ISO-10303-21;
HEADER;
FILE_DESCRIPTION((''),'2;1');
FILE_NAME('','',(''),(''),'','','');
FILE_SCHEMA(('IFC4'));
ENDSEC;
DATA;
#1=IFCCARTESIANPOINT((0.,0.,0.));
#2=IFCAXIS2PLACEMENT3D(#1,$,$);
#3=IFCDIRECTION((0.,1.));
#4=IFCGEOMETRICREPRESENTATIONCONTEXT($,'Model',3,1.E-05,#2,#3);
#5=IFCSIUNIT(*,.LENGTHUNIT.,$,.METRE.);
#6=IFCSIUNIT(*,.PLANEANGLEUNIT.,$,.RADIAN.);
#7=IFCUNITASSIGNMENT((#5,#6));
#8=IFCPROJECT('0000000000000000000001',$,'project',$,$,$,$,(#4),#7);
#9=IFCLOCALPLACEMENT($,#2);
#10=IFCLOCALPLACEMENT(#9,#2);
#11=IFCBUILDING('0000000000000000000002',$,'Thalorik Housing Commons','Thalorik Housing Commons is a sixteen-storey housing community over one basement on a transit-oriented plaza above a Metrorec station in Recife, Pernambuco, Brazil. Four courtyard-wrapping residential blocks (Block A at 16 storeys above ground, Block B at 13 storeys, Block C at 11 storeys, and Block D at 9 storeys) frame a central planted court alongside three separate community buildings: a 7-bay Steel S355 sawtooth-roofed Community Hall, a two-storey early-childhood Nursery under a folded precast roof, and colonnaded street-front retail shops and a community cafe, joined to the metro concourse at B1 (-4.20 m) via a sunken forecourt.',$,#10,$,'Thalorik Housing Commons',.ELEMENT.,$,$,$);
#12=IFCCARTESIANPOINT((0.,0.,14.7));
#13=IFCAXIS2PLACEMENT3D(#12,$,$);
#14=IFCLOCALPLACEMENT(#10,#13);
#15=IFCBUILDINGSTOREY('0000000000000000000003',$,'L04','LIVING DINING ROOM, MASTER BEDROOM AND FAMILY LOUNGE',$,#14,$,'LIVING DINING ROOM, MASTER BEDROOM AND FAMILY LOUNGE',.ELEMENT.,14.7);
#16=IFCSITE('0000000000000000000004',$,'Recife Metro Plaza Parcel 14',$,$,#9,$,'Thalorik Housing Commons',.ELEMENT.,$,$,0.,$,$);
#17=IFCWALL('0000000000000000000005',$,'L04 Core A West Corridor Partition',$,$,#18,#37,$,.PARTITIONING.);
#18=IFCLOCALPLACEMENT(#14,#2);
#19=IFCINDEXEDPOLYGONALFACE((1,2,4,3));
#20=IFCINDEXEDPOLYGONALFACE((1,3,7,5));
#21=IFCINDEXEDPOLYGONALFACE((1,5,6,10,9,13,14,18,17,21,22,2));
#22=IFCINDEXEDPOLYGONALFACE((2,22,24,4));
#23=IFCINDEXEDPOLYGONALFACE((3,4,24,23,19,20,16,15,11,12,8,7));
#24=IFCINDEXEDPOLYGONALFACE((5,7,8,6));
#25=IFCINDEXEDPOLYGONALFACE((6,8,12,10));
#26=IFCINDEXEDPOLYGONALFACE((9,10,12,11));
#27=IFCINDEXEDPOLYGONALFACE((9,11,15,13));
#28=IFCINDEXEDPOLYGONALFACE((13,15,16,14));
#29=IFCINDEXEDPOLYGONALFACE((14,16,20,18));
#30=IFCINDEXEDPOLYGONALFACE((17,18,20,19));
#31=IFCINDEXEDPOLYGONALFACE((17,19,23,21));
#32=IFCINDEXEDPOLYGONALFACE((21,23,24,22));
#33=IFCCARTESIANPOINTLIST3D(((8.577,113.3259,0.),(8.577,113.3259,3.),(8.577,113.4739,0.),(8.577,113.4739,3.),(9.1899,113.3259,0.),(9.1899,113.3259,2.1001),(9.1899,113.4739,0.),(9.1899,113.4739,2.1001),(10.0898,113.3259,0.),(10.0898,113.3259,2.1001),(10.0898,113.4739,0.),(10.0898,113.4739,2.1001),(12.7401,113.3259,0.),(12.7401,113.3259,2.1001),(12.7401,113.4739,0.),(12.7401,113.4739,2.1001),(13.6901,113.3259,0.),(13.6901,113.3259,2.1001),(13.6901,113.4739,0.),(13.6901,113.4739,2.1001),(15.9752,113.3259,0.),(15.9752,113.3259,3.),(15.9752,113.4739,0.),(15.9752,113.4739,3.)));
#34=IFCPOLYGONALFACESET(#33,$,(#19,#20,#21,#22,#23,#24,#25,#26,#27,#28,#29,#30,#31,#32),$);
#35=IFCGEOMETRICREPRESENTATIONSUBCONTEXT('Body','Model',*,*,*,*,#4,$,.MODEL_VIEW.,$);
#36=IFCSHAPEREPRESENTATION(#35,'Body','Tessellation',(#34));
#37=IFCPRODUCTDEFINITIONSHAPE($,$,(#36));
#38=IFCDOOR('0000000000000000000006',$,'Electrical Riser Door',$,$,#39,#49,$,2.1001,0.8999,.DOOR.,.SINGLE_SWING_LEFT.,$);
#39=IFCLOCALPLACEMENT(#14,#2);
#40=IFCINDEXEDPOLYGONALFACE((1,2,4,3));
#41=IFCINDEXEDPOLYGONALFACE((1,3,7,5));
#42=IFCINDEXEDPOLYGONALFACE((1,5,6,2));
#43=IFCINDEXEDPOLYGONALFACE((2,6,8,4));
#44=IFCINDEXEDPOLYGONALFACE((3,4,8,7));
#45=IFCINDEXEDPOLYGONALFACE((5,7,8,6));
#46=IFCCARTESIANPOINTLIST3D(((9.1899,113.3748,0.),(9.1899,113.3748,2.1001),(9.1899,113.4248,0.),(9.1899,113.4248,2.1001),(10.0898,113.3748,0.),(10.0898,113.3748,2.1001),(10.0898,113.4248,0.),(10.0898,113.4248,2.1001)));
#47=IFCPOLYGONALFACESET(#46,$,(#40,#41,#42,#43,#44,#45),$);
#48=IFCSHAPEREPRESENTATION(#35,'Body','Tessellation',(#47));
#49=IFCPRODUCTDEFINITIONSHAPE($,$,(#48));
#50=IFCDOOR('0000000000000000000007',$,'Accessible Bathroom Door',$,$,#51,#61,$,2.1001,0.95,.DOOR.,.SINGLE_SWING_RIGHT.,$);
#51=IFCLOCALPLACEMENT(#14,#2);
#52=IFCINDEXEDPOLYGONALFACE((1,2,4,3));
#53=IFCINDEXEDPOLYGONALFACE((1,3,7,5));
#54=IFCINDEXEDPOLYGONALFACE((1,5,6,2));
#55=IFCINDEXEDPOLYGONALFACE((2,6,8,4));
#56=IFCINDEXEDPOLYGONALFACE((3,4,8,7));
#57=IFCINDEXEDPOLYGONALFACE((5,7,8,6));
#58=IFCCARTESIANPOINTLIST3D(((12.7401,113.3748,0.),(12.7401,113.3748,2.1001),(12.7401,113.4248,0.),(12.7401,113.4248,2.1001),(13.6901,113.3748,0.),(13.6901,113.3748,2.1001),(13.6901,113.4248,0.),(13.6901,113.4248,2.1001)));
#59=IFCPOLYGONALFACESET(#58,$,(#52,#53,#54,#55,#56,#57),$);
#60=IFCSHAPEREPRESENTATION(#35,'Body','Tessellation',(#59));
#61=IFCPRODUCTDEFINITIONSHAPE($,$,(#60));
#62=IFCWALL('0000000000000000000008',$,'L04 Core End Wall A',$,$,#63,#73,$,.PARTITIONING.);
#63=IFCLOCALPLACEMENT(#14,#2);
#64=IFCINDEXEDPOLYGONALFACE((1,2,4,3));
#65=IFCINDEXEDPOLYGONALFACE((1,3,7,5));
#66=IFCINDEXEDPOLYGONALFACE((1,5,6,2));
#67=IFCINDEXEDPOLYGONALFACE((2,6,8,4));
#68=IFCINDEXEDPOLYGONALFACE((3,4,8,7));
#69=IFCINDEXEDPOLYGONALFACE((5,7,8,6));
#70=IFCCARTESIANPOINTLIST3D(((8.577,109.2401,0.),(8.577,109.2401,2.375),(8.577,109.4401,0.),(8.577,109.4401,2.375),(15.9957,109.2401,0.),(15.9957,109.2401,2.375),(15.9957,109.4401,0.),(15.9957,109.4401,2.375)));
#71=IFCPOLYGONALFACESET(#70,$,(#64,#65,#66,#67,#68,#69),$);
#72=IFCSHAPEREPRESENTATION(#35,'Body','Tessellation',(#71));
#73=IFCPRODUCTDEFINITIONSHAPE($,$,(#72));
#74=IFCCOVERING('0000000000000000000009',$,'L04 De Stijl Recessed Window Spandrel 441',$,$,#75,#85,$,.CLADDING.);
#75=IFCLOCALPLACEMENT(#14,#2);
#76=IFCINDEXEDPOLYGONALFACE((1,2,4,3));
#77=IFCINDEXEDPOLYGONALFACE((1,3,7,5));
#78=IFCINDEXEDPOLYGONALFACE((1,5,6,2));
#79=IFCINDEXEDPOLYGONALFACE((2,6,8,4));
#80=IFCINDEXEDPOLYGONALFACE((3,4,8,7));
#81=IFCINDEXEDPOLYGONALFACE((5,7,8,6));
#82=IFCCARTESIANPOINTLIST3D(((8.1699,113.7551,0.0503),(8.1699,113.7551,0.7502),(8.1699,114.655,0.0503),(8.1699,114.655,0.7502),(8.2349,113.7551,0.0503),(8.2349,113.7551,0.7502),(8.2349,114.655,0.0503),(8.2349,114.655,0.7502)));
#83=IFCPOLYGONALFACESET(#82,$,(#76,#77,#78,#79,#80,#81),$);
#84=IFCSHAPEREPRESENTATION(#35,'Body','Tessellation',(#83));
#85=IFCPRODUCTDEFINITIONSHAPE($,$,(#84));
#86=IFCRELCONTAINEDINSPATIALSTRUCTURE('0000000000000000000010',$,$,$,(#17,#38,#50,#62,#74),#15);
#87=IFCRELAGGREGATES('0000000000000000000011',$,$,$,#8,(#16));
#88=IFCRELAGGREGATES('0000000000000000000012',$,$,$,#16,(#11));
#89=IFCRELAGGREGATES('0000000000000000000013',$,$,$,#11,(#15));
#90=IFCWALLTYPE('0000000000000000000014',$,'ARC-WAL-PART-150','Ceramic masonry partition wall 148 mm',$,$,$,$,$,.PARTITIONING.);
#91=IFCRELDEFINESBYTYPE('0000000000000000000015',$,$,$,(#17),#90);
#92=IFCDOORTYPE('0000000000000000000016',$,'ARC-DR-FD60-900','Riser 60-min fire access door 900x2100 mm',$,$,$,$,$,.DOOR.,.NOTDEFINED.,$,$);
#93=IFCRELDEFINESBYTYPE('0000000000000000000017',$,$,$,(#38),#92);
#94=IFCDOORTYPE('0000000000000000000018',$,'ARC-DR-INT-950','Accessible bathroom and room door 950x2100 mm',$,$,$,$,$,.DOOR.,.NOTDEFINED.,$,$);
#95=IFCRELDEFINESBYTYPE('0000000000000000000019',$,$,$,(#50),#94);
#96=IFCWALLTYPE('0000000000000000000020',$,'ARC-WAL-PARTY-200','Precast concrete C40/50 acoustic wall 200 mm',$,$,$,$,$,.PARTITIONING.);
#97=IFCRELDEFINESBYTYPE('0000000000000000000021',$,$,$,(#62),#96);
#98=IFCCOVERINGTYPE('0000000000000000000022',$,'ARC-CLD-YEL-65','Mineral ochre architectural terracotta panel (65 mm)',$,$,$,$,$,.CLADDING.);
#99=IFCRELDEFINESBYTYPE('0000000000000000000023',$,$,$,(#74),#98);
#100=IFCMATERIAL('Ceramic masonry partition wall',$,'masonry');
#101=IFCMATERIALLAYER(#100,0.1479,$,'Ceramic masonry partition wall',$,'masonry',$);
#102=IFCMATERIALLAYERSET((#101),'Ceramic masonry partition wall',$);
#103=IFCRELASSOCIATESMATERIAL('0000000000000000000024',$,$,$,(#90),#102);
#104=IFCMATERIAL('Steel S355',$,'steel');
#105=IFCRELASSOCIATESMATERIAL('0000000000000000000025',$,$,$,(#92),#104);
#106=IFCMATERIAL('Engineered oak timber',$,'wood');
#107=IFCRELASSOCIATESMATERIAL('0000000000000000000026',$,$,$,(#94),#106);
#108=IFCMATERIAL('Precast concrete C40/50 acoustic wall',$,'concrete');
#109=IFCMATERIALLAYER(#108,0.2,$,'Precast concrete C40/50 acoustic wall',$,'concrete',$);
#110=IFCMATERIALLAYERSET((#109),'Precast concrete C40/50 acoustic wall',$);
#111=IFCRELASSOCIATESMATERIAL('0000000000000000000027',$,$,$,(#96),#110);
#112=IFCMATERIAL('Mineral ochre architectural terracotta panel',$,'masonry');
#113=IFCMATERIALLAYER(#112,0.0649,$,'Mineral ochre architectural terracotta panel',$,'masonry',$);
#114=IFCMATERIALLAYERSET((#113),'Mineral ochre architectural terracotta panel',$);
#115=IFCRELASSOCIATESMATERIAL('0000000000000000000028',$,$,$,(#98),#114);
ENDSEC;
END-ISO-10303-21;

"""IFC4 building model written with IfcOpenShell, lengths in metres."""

from ifc_helpers import new_model, si_unit, direction, frame, frame_2d, origin, origin_2d, place, context, subcontext, project, spatial, rectangle, extrude, material, layer, layer_set, type_object, element, fill, save


model = new_model("IFC4")

# Units and contexts
model_context = context("Model", 3, precision=1e-05, world=origin(), true_north=direction((0.0, 1.0)))
body_context = subcontext(model_context, "Body", "Model", "MODEL_VIEW")
ifc_project = project(units=[si_unit("LENGTHUNIT", "METRE"), si_unit("PLANEANGLEUNIT", "RADIAN")], contexts=[model_context])

# Site, building, storey
site_placement = place(None, origin())
site = spatial("IfcSite", under=ifc_project, at=site_placement, Name="Recife Metro Plaza Parcel 14", LongName="Thalorik Housing Commons", CompositionType="ELEMENT", RefElevation=0.0)
building_placement = place(site_placement, origin())
building = spatial("IfcBuilding", under=site, at=building_placement, Name="Thalorik Housing Commons", Description="Thalorik Housing Commons is a sixteen-storey housing community over one basement on a transit-oriented plaza above a Metrorec station in Recife, Pernambuco, Brazil. Four courtyard-wrapping residential blocks (Block A at 16 storeys above ground, Block B at 13 storeys, Block C at 11 storeys, and Block D at 9 storeys) frame a central planted court alongside three separate community buildings: a 7-bay Steel S355 sawtooth-roofed Community Hall, a two-storey early-childhood Nursery under a folded precast roof, and colonnaded street-front retail shops and a community cafe, joined to the metro concourse at B1 (-4.20 m) via a sunken forecourt.", LongName="Thalorik Housing Commons", CompositionType="ELEMENT")
storey_placement = place(building_placement, frame((0.0, 0.0, 14.7)))
storey = spatial("IfcBuildingStorey", under=building, at=storey_placement, Name="L04", Description="LIVING DINING ROOM, MASTER BEDROOM AND FAMILY LOUNGE", LongName="LIVING DINING ROOM, MASTER BEDROOM AND FAMILY LOUNGE", CompositionType="ELEMENT", Elevation=14.7)

# Shared definitions
ifc_material_1 = material(Name="Ceramic masonry partition wall", Category="masonry")
ifc_layer_1 = layer(ifc_material_1, 0.1479, Name="Ceramic masonry partition wall", Category="masonry")
ifc_layer_set_1 = layer_set([ifc_layer_1], Name="Ceramic masonry partition wall")
wall_type_1 = type_object("IfcWallType", Name="ARC-WAL-PART-150", Description="Ceramic masonry partition wall 148 mm", PredefinedType="PARTITIONING", material=ifc_layer_set_1)

# Wall, openings, doors
wall_1_placement = place(storey_placement, frame((8.5769, 113.3999, 0.0), z_axis=(0.0, 0.0, 1.0), x_axis=(1.0, 0.0, 0.0)))
wall_1 = element("IfcWall", 1, at=wall_1_placement, inside=storey, type_object=wall_type_1, Name="L04 Core A West Corridor Partition", PredefinedType="PARTITIONING", context=body_context, shape_type="SweptSolid", body=[
    extrude(rectangle(XDim=7.3982, YDim=0.1479, at=frame_2d((3.6992, 0.0))), origin(), (0.0, 0.0, 1.0), 3.0),
])
opening_1_placement = place(wall_1_placement, frame((0.613, 0.0, 0.0)))
opening_1 = element("IfcOpeningElement", 2, at=opening_1_placement, cuts=wall_1, PredefinedType="OPENING", context=body_context, shape_type="SweptSolid", body=[
    extrude(rectangle(XDim=0.8999, YDim=2.1001, at=frame_2d((0.45, 1.05))), frame((0.0, 0.084, 0.0), z_axis=(0.0, -1.0, 0.0), x_axis=(1.0, 0.0, 0.0)), (0.0, 0.0, 1.0), 0.168),
])
opening_2_placement = place(wall_1_placement, frame((4.1631, 0.0, 0.0)))
opening_2 = element("IfcOpeningElement", 3, at=opening_2_placement, cuts=wall_1, PredefinedType="OPENING", context=body_context, shape_type="SweptSolid", body=[
    extrude(rectangle(XDim=0.95, YDim=2.1001, at=frame_2d((0.4751, 1.05))), frame((0.0, 0.084, 0.0), z_axis=(0.0, -1.0, 0.0), x_axis=(1.0, 0.0, 0.0)), (0.0, 0.0, 1.0), 0.168),
])
ifc_material_2 = material(Name="Steel S355", Category="steel")
door_type_1 = type_object("IfcDoorType", Name="ARC-DR-FD60-900", Description="Riser 60-min fire access door 900x2100 mm", OperationType="NOTDEFINED", PredefinedType="DOOR", material=ifc_material_2)
door_1_placement = place(opening_1_placement, origin())
door_1 = element("IfcDoor", 4, at=door_1_placement, inside=storey, type_object=door_type_1, Name="Electrical Riser Door", OperationType="SINGLE_SWING_LEFT", OverallHeight=2.1001, OverallWidth=0.8999, PredefinedType="DOOR", context=body_context, shape_type="SweptSolid", body=[
    extrude(rectangle(XDim=0.8999, YDim=2.1001, at=frame_2d((0.45, 1.05))), frame((0.0, 0.0249, 0.0), z_axis=(0.0, -1.0, 0.0), x_axis=(1.0, 0.0, 0.0)), (0.0, 0.0, 1.0), 0.05),
])
fill(opening_1, door_1)
ifc_material_3 = material(Name="Engineered oak timber", Category="wood")
door_type_2 = type_object("IfcDoorType", Name="ARC-DR-INT-950", Description="Accessible bathroom and room door 950x2100 mm", OperationType="NOTDEFINED", PredefinedType="DOOR", material=ifc_material_3)
door_2_placement = place(opening_2_placement, origin())
door_2 = element("IfcDoor", 5, at=door_2_placement, inside=storey, type_object=door_type_2, Name="Accessible Bathroom Door", OperationType="SINGLE_SWING_RIGHT", OverallHeight=2.1001, OverallWidth=0.95, PredefinedType="DOOR", context=body_context, shape_type="SweptSolid", body=[
    extrude(rectangle(XDim=0.95, YDim=2.1001, at=frame_2d((0.4751, 1.05))), frame((0.0, 0.0249, 0.0), z_axis=(0.0, -1.0, 0.0), x_axis=(1.0, 0.0, 0.0)), (0.0, 0.0, 1.0), 0.05),
])
fill(opening_2, door_2)

# Wall
ifc_material_4 = material(Name="Precast concrete C40/50 acoustic wall", Category="concrete")
ifc_layer_2 = layer(ifc_material_4, 0.2, Name="Precast concrete C40/50 acoustic wall", Category="concrete")
ifc_layer_set_2 = layer_set([ifc_layer_2], Name="Precast concrete C40/50 acoustic wall")
wall_type_2 = type_object("IfcWallType", Name="ARC-WAL-PARTY-200", Description="Precast concrete C40/50 acoustic wall 200 mm", PredefinedType="PARTITIONING", material=ifc_layer_set_2)
wall_2_placement = place(storey_placement, frame((8.5769, 109.3401, 0.0), z_axis=(0.0, 0.0, 1.0), x_axis=(1.0, 0.0, 0.0)))
element("IfcWall", 6, at=wall_2_placement, inside=storey, type_object=wall_type_2, Name="L04 Core End Wall A", PredefinedType="PARTITIONING", context=body_context, shape_type="SweptSolid", body=[
    extrude(rectangle(XDim=7.4187, YDim=0.2, at=frame_2d((3.7095, 0.0))), origin(), (0.0, 0.0, 1.0), 2.375),
])

# Covering
ifc_material_5 = material(Name="Mineral ochre architectural terracotta panel", Category="masonry")
ifc_layer_3 = layer(ifc_material_5, 0.0649, Name="Mineral ochre architectural terracotta panel", Category="masonry")
ifc_layer_set_3 = layer_set([ifc_layer_3], Name="Mineral ochre architectural terracotta panel")
covering_type_1 = type_object("IfcCoveringType", Name="ARC-CLD-YEL-65", Description="Mineral ochre architectural terracotta panel (65 mm)", PredefinedType="CLADDING", material=ifc_layer_set_3)
covering_1_placement = place(storey_placement, frame((8.2024, 114.2051, 0.0503), z_axis=(0.0, 0.0, 1.0), x_axis=(0.0, -1.0, 0.0)))
element("IfcCovering", 7, at=covering_1_placement, inside=storey, type_object=covering_type_1, Name="L04 De Stijl Recessed Window Spandrel 441", PredefinedType="CLADDING", context=body_context, shape_type="SweptSolid", body=[
    extrude(rectangle(XDim=0.8999, YDim=0.0649, at=origin_2d()), origin(), (0.0, 0.0, 1.0), 0.7),
])

save(model, "model.ifc")
